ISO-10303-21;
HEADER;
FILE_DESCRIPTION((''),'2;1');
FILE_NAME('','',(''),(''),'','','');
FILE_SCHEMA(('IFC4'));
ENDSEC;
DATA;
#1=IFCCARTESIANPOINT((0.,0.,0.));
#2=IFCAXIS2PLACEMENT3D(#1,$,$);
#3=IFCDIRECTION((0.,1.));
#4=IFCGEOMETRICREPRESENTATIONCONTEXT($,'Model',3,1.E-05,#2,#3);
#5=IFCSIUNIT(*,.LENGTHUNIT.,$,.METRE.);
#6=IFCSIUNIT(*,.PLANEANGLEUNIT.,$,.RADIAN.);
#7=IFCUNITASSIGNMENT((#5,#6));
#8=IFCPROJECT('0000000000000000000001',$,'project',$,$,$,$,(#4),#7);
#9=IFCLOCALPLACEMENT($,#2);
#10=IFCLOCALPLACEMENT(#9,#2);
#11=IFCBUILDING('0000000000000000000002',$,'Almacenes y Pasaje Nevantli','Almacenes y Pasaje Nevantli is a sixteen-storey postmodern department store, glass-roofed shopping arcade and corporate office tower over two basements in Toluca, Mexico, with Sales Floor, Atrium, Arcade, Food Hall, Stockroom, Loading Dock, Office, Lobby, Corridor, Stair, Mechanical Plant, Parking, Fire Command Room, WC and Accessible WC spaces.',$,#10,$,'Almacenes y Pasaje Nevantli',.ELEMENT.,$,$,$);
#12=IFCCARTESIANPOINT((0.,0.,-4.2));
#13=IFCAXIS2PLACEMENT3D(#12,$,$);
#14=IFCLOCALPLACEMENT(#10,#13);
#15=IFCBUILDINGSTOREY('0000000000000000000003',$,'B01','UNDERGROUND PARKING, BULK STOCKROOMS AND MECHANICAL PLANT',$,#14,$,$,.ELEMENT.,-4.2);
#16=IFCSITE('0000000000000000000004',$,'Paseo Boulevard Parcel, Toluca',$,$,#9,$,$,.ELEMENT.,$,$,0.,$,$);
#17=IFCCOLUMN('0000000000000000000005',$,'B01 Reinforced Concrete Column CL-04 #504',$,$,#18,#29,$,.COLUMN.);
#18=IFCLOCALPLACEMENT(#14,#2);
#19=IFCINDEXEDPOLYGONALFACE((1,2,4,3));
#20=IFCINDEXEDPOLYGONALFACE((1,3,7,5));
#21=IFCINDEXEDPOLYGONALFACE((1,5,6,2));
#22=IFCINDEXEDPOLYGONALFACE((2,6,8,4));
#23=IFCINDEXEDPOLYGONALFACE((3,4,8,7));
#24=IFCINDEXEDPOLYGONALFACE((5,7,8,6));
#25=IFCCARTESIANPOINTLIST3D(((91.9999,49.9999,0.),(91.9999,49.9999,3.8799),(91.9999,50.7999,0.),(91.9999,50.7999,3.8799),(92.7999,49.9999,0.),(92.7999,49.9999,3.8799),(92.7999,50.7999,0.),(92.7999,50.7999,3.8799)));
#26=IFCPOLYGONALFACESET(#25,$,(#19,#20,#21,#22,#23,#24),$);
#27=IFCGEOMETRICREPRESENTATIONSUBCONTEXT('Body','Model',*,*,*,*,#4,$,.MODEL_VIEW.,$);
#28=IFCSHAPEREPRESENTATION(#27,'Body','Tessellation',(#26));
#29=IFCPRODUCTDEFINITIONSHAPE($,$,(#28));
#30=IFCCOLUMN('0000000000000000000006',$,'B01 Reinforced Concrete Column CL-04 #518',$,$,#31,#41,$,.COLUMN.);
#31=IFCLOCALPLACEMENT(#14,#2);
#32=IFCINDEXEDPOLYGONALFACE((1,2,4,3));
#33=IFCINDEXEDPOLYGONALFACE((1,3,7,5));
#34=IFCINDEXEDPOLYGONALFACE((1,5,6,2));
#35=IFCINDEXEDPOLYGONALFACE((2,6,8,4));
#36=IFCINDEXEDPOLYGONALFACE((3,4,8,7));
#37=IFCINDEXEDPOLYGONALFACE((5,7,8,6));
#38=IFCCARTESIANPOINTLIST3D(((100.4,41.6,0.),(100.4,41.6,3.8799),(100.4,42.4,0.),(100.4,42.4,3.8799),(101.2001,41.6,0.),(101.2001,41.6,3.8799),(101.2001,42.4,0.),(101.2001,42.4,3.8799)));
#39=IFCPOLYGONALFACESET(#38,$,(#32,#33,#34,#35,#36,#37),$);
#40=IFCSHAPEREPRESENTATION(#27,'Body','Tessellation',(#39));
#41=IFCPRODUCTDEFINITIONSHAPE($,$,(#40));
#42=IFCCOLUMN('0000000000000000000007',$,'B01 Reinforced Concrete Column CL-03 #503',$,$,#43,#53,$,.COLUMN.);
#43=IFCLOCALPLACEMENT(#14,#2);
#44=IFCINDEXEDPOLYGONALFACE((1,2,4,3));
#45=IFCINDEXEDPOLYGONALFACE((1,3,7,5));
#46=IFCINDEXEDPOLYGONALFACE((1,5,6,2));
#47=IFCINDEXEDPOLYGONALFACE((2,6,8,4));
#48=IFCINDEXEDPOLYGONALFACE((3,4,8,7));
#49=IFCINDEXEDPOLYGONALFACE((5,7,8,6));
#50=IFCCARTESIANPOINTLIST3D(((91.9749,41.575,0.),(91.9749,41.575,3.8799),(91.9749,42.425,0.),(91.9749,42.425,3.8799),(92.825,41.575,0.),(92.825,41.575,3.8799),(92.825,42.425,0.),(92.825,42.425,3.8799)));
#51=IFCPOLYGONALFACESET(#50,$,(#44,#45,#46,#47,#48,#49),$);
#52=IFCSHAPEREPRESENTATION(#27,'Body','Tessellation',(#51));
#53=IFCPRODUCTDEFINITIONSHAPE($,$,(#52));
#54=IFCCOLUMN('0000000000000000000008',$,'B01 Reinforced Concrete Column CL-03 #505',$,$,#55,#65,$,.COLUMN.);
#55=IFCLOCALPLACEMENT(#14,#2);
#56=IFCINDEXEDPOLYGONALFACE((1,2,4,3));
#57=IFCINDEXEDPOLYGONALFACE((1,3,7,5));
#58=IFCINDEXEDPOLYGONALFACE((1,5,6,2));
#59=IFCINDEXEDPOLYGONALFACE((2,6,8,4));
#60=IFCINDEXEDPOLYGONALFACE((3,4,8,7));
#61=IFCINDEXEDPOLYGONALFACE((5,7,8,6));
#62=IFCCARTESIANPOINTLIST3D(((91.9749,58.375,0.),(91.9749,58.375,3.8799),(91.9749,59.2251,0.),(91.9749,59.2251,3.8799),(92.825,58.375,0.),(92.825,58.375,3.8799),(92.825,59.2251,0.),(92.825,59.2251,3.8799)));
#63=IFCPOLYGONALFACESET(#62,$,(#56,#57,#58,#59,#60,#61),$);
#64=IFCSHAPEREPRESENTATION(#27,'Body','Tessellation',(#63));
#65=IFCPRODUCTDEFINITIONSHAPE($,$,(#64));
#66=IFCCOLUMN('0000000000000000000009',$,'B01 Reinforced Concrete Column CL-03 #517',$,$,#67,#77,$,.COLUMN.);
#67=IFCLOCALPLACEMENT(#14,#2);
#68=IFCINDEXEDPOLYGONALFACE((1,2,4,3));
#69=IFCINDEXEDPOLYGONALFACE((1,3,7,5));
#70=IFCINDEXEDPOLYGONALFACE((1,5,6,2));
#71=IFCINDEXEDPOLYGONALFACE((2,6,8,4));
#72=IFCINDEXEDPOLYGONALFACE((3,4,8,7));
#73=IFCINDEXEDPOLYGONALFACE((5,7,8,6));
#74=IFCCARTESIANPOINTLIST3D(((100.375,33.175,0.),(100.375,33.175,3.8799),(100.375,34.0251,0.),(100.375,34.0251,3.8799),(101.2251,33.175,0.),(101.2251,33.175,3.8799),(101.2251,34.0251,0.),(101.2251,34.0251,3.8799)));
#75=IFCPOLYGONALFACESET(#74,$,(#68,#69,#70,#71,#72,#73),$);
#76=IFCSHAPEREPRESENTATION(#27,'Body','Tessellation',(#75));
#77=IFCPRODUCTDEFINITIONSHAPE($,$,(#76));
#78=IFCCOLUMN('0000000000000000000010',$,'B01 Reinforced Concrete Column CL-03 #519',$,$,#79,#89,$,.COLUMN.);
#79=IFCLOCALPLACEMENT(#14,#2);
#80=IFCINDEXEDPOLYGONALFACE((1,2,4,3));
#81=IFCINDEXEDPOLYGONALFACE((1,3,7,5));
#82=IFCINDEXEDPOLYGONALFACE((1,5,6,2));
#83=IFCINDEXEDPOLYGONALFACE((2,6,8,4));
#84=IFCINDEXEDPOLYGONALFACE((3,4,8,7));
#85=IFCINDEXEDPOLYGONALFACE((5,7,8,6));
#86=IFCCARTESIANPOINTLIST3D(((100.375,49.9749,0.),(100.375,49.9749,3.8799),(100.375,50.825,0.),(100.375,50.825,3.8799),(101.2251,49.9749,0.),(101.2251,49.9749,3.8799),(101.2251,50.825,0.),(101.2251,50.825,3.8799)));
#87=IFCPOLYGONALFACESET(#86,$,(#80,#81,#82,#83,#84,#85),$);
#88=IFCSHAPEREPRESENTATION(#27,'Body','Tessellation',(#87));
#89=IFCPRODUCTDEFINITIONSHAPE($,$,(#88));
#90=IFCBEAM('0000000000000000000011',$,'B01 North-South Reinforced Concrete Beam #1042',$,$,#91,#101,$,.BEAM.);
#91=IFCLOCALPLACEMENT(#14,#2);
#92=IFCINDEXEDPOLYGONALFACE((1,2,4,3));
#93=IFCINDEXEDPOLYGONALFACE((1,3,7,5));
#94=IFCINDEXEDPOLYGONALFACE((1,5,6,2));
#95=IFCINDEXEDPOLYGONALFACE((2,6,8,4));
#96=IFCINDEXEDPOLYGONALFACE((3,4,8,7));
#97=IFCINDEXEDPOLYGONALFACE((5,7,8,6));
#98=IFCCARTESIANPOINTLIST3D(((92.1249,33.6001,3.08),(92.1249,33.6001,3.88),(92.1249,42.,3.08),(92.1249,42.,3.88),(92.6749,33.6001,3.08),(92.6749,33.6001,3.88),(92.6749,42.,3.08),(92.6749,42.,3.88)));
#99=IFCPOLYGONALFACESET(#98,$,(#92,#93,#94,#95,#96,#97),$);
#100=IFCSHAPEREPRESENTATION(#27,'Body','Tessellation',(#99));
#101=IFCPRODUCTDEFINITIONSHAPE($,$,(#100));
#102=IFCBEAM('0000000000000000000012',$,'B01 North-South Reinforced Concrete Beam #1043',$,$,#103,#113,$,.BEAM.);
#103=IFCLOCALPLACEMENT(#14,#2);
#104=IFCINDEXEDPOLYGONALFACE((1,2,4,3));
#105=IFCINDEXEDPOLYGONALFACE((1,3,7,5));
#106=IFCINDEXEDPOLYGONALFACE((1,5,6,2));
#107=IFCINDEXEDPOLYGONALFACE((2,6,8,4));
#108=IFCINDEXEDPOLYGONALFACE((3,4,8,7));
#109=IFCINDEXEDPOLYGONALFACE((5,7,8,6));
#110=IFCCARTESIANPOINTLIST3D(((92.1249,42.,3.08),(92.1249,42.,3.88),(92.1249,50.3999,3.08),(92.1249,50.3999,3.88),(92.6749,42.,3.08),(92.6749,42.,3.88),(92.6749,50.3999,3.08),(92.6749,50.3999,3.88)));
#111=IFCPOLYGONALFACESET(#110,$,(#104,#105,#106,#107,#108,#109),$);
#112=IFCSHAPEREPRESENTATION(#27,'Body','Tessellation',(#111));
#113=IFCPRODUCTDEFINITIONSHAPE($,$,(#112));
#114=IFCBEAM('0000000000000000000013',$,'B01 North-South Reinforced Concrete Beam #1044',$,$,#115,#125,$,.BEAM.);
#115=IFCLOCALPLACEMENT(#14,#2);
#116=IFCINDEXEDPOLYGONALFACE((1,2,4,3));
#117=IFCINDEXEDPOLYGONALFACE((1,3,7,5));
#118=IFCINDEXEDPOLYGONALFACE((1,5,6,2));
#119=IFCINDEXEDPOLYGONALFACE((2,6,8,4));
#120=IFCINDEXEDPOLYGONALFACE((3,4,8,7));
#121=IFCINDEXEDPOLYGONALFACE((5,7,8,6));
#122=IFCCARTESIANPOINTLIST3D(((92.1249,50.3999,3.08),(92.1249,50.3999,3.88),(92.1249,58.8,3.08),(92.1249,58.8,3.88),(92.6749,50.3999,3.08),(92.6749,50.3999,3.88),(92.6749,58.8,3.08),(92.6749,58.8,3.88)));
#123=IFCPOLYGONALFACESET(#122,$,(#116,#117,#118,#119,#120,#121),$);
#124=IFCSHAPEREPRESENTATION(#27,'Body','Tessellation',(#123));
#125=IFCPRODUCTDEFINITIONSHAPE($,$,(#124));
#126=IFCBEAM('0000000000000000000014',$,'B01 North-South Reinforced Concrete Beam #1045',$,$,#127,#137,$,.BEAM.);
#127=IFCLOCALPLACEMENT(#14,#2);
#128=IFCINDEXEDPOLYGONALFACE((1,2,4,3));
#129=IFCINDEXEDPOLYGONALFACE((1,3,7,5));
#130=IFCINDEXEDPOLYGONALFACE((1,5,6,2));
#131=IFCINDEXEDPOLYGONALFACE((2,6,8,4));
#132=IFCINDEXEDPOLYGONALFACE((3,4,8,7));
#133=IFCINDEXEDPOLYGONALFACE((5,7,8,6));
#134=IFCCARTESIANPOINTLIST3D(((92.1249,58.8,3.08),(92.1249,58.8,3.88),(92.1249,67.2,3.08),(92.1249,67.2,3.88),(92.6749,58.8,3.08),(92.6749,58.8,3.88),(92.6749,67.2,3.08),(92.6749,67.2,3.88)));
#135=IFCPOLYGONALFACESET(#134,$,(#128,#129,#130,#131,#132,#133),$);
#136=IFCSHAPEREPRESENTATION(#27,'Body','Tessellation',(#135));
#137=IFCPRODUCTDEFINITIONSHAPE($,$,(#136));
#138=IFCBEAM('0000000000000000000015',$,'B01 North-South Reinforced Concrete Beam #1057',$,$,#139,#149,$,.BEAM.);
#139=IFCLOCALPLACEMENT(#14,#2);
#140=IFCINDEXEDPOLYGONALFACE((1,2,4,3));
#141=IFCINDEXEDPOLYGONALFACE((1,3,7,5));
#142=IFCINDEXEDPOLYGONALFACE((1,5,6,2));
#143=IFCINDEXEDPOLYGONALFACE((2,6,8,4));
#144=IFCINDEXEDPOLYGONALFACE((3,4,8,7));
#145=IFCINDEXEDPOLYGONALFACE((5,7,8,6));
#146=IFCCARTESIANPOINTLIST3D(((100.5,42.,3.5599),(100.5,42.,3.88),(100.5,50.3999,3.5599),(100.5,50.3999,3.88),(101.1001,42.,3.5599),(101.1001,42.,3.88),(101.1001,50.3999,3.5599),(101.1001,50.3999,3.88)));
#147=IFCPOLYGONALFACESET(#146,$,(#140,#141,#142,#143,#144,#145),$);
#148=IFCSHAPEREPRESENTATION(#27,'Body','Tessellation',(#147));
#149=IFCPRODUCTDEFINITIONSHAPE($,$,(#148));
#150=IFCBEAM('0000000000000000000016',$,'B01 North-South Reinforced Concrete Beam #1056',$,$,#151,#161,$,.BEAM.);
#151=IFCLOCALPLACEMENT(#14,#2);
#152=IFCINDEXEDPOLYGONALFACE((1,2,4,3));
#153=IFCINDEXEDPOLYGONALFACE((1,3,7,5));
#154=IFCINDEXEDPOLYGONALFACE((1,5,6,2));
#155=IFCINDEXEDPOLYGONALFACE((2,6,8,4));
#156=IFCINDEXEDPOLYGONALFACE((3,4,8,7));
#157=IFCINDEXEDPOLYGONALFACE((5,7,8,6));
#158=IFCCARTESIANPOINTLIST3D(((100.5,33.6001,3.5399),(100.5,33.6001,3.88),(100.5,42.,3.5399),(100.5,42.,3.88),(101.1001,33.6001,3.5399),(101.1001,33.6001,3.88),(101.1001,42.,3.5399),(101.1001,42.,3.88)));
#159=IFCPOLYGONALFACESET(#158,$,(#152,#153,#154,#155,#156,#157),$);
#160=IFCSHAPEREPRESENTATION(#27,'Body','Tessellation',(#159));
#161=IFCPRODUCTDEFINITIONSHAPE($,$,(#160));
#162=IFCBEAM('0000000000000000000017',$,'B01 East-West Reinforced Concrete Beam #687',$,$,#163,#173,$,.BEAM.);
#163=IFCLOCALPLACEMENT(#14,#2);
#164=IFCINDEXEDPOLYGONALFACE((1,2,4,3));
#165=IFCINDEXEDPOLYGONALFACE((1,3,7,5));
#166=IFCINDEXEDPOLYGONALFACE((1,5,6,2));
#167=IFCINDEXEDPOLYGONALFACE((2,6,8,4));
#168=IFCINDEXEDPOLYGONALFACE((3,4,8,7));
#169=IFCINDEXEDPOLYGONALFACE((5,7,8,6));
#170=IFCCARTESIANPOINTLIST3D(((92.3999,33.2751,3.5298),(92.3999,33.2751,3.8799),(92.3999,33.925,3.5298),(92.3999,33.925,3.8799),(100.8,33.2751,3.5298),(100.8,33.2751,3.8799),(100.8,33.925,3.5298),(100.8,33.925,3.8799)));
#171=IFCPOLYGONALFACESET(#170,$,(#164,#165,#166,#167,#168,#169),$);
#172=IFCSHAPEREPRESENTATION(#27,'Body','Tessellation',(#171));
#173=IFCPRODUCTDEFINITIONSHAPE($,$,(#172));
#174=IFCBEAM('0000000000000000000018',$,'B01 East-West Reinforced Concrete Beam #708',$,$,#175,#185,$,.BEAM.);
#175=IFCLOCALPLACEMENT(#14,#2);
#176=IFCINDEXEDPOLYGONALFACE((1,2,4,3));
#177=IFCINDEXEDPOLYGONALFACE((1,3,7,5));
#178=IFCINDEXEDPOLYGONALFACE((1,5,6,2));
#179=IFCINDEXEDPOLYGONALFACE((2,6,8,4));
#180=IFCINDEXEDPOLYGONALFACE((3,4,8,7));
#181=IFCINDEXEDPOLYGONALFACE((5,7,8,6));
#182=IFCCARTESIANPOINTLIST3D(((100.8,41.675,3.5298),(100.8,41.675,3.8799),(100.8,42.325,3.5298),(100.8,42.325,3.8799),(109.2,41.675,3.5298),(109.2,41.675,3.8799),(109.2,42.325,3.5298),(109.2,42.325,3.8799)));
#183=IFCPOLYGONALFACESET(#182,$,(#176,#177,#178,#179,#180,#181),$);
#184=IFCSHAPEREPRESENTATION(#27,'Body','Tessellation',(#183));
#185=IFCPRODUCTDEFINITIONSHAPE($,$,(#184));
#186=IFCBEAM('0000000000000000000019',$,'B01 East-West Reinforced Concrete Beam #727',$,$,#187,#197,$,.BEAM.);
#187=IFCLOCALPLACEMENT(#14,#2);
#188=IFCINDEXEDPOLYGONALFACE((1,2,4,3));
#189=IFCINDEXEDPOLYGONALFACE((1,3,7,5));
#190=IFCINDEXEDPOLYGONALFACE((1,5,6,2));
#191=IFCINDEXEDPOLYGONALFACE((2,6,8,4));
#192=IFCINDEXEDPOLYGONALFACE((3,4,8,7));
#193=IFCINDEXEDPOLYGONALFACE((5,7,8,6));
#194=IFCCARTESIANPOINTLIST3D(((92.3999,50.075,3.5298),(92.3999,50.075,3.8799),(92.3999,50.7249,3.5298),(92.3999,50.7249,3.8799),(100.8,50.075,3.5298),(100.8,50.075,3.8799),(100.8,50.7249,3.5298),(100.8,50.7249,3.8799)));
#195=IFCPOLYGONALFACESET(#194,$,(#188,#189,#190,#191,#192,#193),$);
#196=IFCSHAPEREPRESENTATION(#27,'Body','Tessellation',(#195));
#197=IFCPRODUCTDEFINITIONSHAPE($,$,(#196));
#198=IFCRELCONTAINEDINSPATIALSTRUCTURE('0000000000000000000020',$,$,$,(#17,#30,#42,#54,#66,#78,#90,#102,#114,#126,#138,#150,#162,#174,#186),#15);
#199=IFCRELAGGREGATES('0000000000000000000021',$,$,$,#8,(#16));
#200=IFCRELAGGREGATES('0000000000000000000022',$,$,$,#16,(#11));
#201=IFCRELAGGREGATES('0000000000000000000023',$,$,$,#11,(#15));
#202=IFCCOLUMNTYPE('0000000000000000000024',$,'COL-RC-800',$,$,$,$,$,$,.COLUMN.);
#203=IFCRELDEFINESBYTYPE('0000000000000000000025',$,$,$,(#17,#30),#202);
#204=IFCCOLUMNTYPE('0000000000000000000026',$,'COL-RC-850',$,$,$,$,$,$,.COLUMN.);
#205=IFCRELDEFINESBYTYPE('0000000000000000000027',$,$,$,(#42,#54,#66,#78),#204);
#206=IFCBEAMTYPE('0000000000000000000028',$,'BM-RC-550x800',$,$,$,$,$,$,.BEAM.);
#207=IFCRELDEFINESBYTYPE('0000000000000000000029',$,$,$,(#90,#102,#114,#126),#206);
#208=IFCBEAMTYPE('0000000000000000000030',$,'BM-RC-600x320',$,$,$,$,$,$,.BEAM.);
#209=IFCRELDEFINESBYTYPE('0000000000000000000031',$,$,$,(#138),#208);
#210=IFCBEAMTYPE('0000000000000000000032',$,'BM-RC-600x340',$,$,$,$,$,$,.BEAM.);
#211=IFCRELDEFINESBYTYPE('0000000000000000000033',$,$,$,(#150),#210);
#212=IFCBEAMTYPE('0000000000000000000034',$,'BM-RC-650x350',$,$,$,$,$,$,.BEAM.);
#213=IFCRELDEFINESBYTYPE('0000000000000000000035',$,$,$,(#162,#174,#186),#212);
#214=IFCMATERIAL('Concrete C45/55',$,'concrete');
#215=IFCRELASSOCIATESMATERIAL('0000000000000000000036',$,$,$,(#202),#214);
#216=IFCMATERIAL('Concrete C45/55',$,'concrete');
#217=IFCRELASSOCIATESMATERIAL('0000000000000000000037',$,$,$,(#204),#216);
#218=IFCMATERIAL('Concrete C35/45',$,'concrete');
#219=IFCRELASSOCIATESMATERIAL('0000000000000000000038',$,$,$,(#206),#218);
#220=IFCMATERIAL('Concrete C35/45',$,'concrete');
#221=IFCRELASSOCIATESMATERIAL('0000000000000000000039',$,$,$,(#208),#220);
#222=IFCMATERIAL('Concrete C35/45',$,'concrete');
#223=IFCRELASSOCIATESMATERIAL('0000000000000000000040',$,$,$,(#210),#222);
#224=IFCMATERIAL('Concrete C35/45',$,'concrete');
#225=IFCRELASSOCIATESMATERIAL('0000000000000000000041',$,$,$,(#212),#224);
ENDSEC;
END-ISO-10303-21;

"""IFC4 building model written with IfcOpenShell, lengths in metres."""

from ifc_helpers import new_model, si_unit, direction, frame, origin, origin_2d, place, context, subcontext, project, spatial, rectangle, extrude, material, material_profile, profile_set, type_object, element, save


model = new_model("IFC4")

# Units and contexts
model_context = context("Model", 3, precision=1e-05, world=origin(), true_north=direction((0.0, 1.0)))
body_context = subcontext(model_context, "Body", "Model", "MODEL_VIEW")
ifc_project = project(units=[si_unit("LENGTHUNIT", "METRE"), si_unit("PLANEANGLEUNIT", "RADIAN")], contexts=[model_context])

# Site, building, storey
site_placement = place(None, origin())
site = spatial("IfcSite", under=ifc_project, at=site_placement, Name="Paseo Boulevard Parcel, Toluca", CompositionType="ELEMENT", RefElevation=0.0)
building_placement = place(site_placement, origin())
building = spatial("IfcBuilding", under=site, at=building_placement, Name="Almacenes y Pasaje Nevantli", Description="Almacenes y Pasaje Nevantli is a sixteen-storey postmodern department store, glass-roofed shopping arcade and corporate office tower over two basements in Toluca, Mexico, with Sales Floor, Atrium, Arcade, Food Hall, Stockroom, Loading Dock, Office, Lobby, Corridor, Stair, Mechanical Plant, Parking, Fire Command Room, WC and Accessible WC spaces.", LongName="Almacenes y Pasaje Nevantli", CompositionType="ELEMENT")
storey_placement = place(building_placement, frame((0.0, 0.0, -4.2)))
storey = spatial("IfcBuildingStorey", under=building, at=storey_placement, Name="B01", Description="UNDERGROUND PARKING, BULK STOCKROOMS AND MECHANICAL PLANT", CompositionType="ELEMENT", Elevation=-4.2)

# Columns
ifc_material_1 = material(Name="Concrete C45/55", Category="concrete")
ifc_material_profile_1 = material_profile(ifc_material_1, rectangle(XDim=0.8, YDim=0.8, at=origin_2d()), Name="RC-COL-800x800")
ifc_profile_set_1 = profile_set([ifc_material_profile_1], Name="Concrete C45/55")
column_type_1 = type_object("IfcColumnType", Name="COL-RC-800", PredefinedType="COLUMN", material=ifc_profile_set_1)
for number, where, z_axis, x_axis, name in (
    (1, (92.3999, 50.3999, 0.0), (0.0, 0.0, 1.0), (1.0, 0.0, 0.0), "B01 Reinforced Concrete Column CL-04 #504"),
    (2, (100.8, 42.0, 0.0), (0.0, 0.0, 1.0), (1.0, 0.0, 0.0), "B01 Reinforced Concrete Column CL-04 #518"),
):
    element("IfcColumn", number, at=place(storey_placement, frame(where, z_axis=z_axis, x_axis=x_axis)), inside=storey, type_object=column_type_1, Name=name, PredefinedType="COLUMN", context=body_context, shape_type="SweptSolid", body=[
        extrude(rectangle(XDim=0.8, YDim=0.8, at=origin_2d()), origin(), (0.0, 0.0, 1.0), 3.8799),
    ])
ifc_material_2 = material(Name="Concrete C45/55", Category="concrete")
ifc_material_profile_2 = material_profile(ifc_material_2, rectangle(XDim=0.8501, YDim=0.8501, at=origin_2d()), Name="RC-COL-850x850")
ifc_profile_set_2 = profile_set([ifc_material_profile_2], Name="Concrete C45/55")
column_type_2 = type_object("IfcColumnType", Name="COL-RC-850", PredefinedType="COLUMN", material=ifc_profile_set_2)
for number, where, z_axis, x_axis, name in (
    (3, (92.3999, 42.0, 0.0), (0.0, 0.0, 1.0), (1.0, 0.0, 0.0), "B01 Reinforced Concrete Column CL-03 #503"),
    (4, (92.3999, 58.8, 0.0), (0.0, 0.0, 1.0), (1.0, 0.0, 0.0), "B01 Reinforced Concrete Column CL-03 #505"),
    (5, (100.8, 33.6001, 0.0), (0.0, 0.0, 1.0), (1.0, 0.0, 0.0), "B01 Reinforced Concrete Column CL-03 #517"),
    (6, (100.8, 50.3999, 0.0), (0.0, 0.0, 1.0), (1.0, 0.0, 0.0), "B01 Reinforced Concrete Column CL-03 #519"),
):
    element("IfcColumn", number, at=place(storey_placement, frame(where, z_axis=z_axis, x_axis=x_axis)), inside=storey, type_object=column_type_2, Name=name, PredefinedType="COLUMN", context=body_context, shape_type="SweptSolid", body=[
        extrude(rectangle(XDim=0.8501, YDim=0.8501, at=origin_2d()), origin(), (0.0, 0.0, 1.0), 3.8799),
    ])

# Beams
ifc_material_3 = material(Name="Concrete C35/45", Category="concrete")
ifc_material_profile_3 = material_profile(ifc_material_3, rectangle(XDim=0.55, YDim=0.8, at=origin_2d()), Name="RC-BM-550x800")
ifc_profile_set_3 = profile_set([ifc_material_profile_3], Name="Concrete C35/45")
beam_type_1 = type_object("IfcBeamType", Name="BM-RC-550x800", PredefinedType="BEAM", material=ifc_profile_set_3)
for number, where, z_axis, x_axis, name in (
    (7, (92.3999, 33.6001, 3.48), (0.0, 1.0, 0.0), (-1.0, 0.0, 0.0), "B01 North-South Reinforced Concrete Beam #1042"),
    (8, (92.3999, 42.0, 3.48), (0.0, 1.0, 0.0), (-1.0, 0.0, 0.0), "B01 North-South Reinforced Concrete Beam #1043"),
):
    element("IfcBeam", number, at=place(storey_placement, frame(where, z_axis=z_axis, x_axis=x_axis)), inside=storey, type_object=beam_type_1, Name=name, PredefinedType="BEAM", context=body_context, shape_type="SweptSolid", body=[
        extrude(rectangle(XDim=0.55, YDim=0.8, at=origin_2d()), origin(), (0.0, 0.0, 1.0), 8.3999),
    ])
beam_1_placement = place(storey_placement, frame((92.3999, 50.3999, 3.48), z_axis=(0.0, 1.0, 0.0), x_axis=(-1.0, 0.0, 0.0)))
element("IfcBeam", 9, at=beam_1_placement, inside=storey, type_object=beam_type_1, Name="B01 North-South Reinforced Concrete Beam #1044", PredefinedType="BEAM", context=body_context, shape_type="SweptSolid", body=[
    extrude(rectangle(XDim=0.55, YDim=0.8, at=origin_2d()), origin(), (0.0, 0.0, 1.0), 8.4001),
])
beam_2_placement = place(storey_placement, frame((92.3999, 58.8, 3.48), z_axis=(0.0, 1.0, 0.0), x_axis=(-1.0, 0.0, 0.0)))
element("IfcBeam", 10, at=beam_2_placement, inside=storey, type_object=beam_type_1, Name="B01 North-South Reinforced Concrete Beam #1045", PredefinedType="BEAM", context=body_context, shape_type="SweptSolid", body=[
    extrude(rectangle(XDim=0.55, YDim=0.8, at=origin_2d()), origin(), (0.0, 0.0, 1.0), 8.3999),
])
ifc_material_4 = material(Name="Concrete C35/45", Category="concrete")
ifc_material_profile_4 = material_profile(ifc_material_4, rectangle(XDim=0.6001, YDim=0.3201, at=origin_2d()), Name="RC-BM-600x320")
ifc_profile_set_4 = profile_set([ifc_material_profile_4], Name="Concrete C35/45")
beam_type_2 = type_object("IfcBeamType", Name="BM-RC-600x320", PredefinedType="BEAM", material=ifc_profile_set_4)
beam_3_placement = place(storey_placement, frame((100.8, 42.0, 3.72), z_axis=(0.0, 1.0, 0.0), x_axis=(-1.0, 0.0, 0.0)))
element("IfcBeam", 11, at=beam_3_placement, inside=storey, type_object=beam_type_2, Name="B01 North-South Reinforced Concrete Beam #1057", PredefinedType="BEAM", context=body_context, shape_type="SweptSolid", body=[
    extrude(rectangle(XDim=0.6001, YDim=0.3201, at=origin_2d()), origin(), (0.0, 0.0, 1.0), 8.3999),
])
ifc_material_5 = material(Name="Concrete C35/45", Category="concrete")
ifc_material_profile_5 = material_profile(ifc_material_5, rectangle(XDim=0.6001, YDim=0.3401, at=origin_2d()), Name="RC-BM-600x340")
ifc_profile_set_5 = profile_set([ifc_material_profile_5], Name="Concrete C35/45")
beam_type_3 = type_object("IfcBeamType", Name="BM-RC-600x340", PredefinedType="BEAM", material=ifc_profile_set_5)
beam_4_placement = place(storey_placement, frame((100.8, 33.6001, 3.71), z_axis=(0.0, 1.0, 0.0), x_axis=(-1.0, 0.0, 0.0)))
element("IfcBeam", 12, at=beam_4_placement, inside=storey, type_object=beam_type_3, Name="B01 North-South Reinforced Concrete Beam #1056", PredefinedType="BEAM", context=body_context, shape_type="SweptSolid", body=[
    extrude(rectangle(XDim=0.6001, YDim=0.3401, at=origin_2d()), origin(), (0.0, 0.0, 1.0), 8.3999),
])
ifc_material_6 = material(Name="Concrete C35/45", Category="concrete")
ifc_material_profile_6 = material_profile(ifc_material_6, rectangle(XDim=0.6499, YDim=0.3501, at=origin_2d()), Name="RC-BM-650x350")
ifc_profile_set_6 = profile_set([ifc_material_profile_6], Name="Concrete C35/45")
beam_type_4 = type_object("IfcBeamType", Name="BM-RC-650x350", PredefinedType="BEAM", material=ifc_profile_set_6)
beam_5_placement = place(storey_placement, frame((92.3999, 33.6001, 3.7048), z_axis=(1.0, 0.0, 0.0), x_axis=(0.0, 1.0, 0.0)))
element("IfcBeam", 13, at=beam_5_placement, inside=storey, type_object=beam_type_4, Name="B01 East-West Reinforced Concrete Beam #687", PredefinedType="BEAM", context=body_context, shape_type="SweptSolid", body=[
    extrude(rectangle(XDim=0.6499, YDim=0.3501, at=origin_2d()), origin(), (0.0, 0.0, 1.0), 8.4001),
])
beam_6_placement = place(storey_placement, frame((100.8, 42.0, 3.7048), z_axis=(1.0, 0.0, 0.0), x_axis=(0.0, 1.0, 0.0)))
element("IfcBeam", 14, at=beam_6_placement, inside=storey, type_object=beam_type_4, Name="B01 East-West Reinforced Concrete Beam #708", PredefinedType="BEAM", context=body_context, shape_type="SweptSolid", body=[
    extrude(rectangle(XDim=0.6499, YDim=0.3501, at=origin_2d()), origin(), (0.0, 0.0, 1.0), 8.3999),
])
beam_7_placement = place(storey_placement, frame((92.3999, 50.3999, 3.7048), z_axis=(1.0, 0.0, 0.0), x_axis=(0.0, 1.0, 0.0)))
element("IfcBeam", 15, at=beam_7_placement, inside=storey, type_object=beam_type_4, Name="B01 East-West Reinforced Concrete Beam #727", PredefinedType="BEAM", context=body_context, shape_type="SweptSolid", body=[
    extrude(rectangle(XDim=0.6499, YDim=0.3501, at=origin_2d()), origin(), (0.0, 0.0, 1.0), 8.4001),
])

save(model, "model.ifc")
